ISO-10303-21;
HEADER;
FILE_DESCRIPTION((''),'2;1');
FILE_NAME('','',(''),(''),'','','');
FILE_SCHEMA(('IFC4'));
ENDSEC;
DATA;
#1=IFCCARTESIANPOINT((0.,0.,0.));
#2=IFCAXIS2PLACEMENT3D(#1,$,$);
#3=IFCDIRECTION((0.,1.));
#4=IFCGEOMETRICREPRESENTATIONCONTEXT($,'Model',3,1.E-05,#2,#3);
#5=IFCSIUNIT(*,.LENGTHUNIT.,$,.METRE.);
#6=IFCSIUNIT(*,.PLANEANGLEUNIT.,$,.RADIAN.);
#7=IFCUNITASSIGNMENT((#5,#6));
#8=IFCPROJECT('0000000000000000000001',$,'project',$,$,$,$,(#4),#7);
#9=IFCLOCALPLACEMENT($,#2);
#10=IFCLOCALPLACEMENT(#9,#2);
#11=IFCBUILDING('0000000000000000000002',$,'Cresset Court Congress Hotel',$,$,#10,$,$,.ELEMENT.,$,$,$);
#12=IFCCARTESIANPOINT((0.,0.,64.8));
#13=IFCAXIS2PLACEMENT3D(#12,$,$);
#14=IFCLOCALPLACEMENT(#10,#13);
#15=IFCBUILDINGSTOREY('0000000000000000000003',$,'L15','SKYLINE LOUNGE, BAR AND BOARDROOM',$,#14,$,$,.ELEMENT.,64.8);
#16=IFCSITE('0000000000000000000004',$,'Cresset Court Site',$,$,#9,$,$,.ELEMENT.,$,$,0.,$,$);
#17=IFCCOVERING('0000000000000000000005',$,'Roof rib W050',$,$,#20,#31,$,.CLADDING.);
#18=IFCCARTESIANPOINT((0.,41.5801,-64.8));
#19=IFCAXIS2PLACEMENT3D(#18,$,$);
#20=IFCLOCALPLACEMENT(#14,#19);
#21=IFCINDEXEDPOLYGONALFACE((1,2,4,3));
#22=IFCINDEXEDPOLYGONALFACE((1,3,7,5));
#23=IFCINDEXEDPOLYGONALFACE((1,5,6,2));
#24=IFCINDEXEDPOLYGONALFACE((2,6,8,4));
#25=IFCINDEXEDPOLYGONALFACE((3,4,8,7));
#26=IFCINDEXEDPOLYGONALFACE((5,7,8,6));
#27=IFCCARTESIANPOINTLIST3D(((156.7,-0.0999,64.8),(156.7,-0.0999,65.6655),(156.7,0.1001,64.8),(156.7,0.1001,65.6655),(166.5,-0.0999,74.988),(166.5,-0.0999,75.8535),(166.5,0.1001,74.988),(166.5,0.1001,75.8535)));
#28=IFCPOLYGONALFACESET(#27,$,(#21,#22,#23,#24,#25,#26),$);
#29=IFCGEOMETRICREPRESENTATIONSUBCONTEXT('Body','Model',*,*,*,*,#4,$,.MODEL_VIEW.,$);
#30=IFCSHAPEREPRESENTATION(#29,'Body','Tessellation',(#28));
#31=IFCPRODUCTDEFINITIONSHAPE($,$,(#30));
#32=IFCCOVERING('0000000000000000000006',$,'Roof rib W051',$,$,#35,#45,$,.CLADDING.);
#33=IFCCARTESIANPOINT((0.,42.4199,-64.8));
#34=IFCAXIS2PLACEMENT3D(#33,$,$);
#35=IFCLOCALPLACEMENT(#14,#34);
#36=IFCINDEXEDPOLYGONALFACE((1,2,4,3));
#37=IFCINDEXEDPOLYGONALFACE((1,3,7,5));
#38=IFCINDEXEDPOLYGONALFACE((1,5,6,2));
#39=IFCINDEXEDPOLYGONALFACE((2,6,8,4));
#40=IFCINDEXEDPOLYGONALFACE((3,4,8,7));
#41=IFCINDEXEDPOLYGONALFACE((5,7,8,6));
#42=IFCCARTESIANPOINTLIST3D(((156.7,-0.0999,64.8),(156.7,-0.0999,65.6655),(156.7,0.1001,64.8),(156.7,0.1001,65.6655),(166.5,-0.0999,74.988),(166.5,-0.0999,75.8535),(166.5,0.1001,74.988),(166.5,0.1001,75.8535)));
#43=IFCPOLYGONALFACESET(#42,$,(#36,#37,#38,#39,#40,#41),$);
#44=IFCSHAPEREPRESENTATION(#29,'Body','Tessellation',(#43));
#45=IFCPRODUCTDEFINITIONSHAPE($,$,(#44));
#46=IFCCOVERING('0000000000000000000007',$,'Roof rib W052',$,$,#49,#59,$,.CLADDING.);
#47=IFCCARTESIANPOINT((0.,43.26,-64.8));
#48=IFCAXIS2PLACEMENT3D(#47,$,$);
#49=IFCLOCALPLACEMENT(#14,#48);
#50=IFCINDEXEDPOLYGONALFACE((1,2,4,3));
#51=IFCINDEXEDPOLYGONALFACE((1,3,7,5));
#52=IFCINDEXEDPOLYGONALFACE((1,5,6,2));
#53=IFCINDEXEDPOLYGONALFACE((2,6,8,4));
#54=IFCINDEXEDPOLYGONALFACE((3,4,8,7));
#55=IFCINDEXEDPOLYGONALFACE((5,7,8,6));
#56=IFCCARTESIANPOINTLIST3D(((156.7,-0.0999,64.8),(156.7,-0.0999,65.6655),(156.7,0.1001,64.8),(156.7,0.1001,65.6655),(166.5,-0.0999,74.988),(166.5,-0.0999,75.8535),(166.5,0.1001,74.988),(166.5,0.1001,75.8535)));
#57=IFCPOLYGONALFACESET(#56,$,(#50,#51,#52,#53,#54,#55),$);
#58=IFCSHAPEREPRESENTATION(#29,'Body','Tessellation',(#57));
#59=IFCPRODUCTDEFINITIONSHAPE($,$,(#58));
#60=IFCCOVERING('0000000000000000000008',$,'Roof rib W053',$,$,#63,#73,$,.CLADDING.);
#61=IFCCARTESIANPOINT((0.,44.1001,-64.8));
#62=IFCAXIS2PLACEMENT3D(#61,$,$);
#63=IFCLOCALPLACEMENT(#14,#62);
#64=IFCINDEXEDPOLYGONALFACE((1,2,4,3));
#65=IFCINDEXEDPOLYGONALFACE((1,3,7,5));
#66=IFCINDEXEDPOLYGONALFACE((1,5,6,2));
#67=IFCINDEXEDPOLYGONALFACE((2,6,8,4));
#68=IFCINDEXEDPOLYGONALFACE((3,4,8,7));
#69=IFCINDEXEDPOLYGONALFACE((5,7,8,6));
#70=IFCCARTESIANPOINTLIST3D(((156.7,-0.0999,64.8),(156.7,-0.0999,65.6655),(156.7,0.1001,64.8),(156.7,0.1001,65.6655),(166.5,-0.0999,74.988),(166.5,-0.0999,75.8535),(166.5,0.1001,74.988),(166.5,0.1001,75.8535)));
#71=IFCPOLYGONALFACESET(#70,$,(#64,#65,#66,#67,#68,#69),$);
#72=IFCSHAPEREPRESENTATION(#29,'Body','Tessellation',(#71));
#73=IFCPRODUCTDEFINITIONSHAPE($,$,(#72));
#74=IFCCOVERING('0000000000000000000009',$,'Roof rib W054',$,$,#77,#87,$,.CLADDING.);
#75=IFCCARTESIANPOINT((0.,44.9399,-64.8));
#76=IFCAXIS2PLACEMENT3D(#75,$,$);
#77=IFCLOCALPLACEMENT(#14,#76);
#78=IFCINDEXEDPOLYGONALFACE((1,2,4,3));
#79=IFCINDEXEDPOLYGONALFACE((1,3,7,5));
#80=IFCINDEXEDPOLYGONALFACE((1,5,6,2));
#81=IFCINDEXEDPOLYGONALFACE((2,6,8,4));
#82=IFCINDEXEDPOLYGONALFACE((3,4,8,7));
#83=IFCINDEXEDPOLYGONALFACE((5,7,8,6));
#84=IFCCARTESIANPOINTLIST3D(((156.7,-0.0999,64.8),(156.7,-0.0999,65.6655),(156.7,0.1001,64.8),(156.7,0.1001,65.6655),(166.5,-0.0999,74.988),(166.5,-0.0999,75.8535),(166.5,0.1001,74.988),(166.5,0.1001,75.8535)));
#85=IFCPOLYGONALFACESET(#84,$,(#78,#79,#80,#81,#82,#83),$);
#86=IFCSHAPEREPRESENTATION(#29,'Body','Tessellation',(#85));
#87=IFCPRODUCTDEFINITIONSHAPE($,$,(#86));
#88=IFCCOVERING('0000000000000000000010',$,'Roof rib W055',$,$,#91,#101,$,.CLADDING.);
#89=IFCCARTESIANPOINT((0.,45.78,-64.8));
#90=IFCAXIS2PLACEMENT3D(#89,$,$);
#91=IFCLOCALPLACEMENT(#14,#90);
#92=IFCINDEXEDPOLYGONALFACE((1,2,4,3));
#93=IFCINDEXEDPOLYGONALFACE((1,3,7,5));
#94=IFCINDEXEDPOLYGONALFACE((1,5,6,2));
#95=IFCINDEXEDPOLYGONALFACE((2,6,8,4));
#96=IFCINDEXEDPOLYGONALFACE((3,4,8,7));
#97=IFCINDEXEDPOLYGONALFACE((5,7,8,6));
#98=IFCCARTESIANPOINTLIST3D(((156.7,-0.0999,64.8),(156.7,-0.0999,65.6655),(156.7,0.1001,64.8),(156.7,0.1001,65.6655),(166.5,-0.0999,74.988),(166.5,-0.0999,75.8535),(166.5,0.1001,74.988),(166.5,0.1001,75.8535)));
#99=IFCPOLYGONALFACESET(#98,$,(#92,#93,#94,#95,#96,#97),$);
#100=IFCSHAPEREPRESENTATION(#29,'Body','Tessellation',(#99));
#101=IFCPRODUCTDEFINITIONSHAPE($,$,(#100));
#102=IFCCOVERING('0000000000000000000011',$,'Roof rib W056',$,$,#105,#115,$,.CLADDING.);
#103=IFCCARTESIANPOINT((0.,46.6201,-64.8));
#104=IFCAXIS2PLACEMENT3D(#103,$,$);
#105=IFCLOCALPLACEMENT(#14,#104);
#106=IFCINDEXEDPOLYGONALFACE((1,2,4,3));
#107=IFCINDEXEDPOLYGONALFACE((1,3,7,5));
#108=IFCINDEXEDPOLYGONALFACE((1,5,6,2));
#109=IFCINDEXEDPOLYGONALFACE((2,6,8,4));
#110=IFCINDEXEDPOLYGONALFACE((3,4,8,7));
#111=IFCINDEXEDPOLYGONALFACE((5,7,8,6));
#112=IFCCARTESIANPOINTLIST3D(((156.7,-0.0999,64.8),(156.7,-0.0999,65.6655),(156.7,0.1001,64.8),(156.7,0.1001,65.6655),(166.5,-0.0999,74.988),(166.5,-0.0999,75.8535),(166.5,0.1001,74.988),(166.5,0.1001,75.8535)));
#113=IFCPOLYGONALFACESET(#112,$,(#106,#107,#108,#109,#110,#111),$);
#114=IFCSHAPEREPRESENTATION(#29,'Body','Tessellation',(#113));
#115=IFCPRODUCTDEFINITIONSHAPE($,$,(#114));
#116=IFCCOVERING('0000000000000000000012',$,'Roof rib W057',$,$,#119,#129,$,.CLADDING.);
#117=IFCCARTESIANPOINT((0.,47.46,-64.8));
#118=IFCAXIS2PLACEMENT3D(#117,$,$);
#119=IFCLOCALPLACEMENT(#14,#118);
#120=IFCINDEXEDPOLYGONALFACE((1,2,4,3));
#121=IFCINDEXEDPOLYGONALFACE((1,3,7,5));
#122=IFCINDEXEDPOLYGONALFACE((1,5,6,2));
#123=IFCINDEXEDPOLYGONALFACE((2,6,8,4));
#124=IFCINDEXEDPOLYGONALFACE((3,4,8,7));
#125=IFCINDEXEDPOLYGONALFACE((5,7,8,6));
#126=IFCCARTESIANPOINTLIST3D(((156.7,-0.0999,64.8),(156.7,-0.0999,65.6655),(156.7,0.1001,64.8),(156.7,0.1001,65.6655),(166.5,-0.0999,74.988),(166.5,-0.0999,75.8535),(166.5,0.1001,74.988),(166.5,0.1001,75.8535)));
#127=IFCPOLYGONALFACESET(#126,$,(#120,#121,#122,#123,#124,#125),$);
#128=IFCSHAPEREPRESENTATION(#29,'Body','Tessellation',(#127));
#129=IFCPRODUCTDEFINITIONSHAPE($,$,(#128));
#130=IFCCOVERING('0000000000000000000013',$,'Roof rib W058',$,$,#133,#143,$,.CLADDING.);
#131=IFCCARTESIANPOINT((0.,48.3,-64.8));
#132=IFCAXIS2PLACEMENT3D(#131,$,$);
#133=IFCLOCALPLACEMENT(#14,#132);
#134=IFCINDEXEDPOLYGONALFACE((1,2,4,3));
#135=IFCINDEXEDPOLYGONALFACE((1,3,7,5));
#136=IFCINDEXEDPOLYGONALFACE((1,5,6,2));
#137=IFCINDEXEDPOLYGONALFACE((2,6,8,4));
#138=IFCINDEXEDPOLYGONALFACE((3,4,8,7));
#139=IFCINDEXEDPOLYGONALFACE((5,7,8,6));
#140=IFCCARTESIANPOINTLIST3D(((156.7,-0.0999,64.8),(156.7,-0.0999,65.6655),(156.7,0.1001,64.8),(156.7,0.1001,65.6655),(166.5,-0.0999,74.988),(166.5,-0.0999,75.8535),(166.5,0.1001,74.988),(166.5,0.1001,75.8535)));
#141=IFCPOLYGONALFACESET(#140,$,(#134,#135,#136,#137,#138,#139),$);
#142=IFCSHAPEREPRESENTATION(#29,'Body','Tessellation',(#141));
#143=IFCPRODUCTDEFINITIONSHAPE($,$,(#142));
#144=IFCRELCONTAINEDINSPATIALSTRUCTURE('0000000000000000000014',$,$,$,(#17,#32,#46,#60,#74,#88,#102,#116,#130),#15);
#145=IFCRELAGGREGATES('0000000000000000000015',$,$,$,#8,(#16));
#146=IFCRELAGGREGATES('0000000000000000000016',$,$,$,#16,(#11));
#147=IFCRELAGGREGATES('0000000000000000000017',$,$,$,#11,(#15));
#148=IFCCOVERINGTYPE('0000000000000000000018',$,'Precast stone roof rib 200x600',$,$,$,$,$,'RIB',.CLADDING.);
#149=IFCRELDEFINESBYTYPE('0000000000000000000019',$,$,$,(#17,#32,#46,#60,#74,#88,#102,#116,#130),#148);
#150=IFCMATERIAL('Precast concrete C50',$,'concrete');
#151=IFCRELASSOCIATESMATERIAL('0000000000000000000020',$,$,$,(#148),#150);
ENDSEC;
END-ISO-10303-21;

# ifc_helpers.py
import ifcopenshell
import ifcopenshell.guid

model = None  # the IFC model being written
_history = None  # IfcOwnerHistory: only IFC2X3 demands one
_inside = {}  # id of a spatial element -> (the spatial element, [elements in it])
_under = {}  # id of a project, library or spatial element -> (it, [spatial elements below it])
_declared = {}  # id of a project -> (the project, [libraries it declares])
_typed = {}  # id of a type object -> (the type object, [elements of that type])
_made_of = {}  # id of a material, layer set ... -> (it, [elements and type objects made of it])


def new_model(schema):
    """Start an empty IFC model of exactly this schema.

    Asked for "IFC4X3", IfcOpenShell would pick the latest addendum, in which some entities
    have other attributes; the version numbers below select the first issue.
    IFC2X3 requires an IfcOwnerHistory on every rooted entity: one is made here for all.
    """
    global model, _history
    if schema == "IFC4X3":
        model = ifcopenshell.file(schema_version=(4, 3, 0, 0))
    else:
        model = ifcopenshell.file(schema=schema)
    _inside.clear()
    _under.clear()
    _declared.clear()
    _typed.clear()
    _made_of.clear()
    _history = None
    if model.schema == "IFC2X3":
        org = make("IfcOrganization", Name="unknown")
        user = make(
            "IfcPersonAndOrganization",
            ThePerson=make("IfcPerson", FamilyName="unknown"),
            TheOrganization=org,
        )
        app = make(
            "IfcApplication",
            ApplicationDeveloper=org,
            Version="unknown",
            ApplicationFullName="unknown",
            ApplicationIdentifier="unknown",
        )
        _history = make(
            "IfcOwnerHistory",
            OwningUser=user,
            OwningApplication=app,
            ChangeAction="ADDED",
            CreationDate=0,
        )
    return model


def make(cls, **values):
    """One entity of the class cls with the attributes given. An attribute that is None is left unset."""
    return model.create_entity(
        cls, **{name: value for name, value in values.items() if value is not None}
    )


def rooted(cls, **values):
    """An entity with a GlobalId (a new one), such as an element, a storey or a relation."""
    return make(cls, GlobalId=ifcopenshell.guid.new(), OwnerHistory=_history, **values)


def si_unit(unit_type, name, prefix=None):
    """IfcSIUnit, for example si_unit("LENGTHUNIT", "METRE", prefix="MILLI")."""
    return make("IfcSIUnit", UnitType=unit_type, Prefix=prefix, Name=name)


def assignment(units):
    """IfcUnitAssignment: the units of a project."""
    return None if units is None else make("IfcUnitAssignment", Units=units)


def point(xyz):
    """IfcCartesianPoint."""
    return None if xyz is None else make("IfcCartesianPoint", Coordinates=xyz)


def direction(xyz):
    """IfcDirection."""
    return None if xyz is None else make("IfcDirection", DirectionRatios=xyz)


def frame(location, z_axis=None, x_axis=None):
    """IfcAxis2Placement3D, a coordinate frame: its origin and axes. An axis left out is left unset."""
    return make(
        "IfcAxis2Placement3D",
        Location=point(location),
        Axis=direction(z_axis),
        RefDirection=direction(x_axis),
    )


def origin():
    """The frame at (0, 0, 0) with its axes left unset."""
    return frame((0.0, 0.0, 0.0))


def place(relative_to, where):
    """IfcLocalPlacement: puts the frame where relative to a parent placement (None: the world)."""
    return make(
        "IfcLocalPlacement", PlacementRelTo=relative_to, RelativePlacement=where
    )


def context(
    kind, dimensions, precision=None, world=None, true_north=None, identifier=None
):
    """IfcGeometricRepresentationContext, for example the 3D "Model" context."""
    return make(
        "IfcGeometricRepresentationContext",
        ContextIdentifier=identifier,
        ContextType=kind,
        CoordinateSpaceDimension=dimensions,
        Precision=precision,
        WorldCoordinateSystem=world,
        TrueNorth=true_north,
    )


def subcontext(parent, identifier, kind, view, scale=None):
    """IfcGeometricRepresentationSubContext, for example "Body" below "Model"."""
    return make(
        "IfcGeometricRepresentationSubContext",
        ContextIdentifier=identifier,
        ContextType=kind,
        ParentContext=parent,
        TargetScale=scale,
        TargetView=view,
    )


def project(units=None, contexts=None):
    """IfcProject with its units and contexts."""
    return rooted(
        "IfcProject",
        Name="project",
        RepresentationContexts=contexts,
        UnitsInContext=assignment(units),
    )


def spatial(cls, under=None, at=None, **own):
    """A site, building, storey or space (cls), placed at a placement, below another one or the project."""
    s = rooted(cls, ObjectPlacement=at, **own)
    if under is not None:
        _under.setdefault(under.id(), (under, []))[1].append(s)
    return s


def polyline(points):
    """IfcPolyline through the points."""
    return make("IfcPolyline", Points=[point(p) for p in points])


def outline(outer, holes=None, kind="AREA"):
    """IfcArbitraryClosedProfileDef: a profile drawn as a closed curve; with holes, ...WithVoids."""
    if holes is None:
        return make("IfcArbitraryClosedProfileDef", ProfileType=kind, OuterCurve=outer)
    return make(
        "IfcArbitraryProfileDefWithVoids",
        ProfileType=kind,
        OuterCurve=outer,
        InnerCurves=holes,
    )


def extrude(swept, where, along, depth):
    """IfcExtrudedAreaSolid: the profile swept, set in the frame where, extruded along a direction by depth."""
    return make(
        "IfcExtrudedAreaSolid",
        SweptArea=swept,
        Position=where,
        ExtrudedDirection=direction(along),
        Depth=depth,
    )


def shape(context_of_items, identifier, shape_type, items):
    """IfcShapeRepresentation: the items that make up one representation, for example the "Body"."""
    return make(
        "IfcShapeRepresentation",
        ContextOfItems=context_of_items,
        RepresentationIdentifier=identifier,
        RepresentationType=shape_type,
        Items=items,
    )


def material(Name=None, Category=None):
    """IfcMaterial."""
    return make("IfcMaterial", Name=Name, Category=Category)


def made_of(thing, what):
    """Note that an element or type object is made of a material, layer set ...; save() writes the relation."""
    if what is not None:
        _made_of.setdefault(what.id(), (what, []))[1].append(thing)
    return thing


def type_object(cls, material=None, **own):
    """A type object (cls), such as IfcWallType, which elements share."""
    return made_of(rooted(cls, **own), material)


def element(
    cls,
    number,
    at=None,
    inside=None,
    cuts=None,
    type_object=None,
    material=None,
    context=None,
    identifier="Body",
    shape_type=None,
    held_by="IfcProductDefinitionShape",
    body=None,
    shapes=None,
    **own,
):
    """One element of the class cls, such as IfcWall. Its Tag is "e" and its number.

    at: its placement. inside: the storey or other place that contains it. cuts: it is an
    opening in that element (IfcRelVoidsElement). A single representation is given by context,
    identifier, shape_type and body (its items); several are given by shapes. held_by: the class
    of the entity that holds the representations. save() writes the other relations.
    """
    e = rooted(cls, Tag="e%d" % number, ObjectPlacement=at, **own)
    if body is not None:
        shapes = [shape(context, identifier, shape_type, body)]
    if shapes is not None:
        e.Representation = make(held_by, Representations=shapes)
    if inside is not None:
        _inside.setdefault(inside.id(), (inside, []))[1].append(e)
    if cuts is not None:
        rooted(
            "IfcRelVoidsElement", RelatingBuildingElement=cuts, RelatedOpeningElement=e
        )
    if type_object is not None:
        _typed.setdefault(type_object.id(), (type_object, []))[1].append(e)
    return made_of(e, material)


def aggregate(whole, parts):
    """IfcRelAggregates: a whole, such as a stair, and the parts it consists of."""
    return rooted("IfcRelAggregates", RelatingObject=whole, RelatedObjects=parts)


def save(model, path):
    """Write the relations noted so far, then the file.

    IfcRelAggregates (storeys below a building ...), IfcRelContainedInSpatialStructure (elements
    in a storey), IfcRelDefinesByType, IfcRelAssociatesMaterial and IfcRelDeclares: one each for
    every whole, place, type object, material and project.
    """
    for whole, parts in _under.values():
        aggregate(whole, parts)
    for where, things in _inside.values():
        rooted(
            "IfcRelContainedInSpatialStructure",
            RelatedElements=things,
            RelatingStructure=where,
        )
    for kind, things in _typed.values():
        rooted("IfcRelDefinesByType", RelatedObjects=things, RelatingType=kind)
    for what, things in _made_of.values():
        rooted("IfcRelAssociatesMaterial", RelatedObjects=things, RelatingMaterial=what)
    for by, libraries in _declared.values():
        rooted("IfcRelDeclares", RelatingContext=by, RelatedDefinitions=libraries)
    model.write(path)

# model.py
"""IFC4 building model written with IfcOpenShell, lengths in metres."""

from ifc_helpers import new_model, si_unit, direction, frame, origin, place, context, subcontext, project, spatial, polyline, outline, extrude, material, type_object, element, save


model = new_model("IFC4")

# Units and contexts
model_context = context("Model", 3, precision=1e-05, world=origin(), true_north=direction((0.0, 1.0)))
body_context = subcontext(model_context, "Body", "Model", "MODEL_VIEW")
ifc_project = project(units=[si_unit("LENGTHUNIT", "METRE"), si_unit("PLANEANGLEUNIT", "RADIAN")], contexts=[model_context])

# Site, building, storey
site_placement = place(None, origin())
site = spatial("IfcSite", under=ifc_project, at=site_placement, Name="Cresset Court Site", CompositionType="ELEMENT", RefElevation=0.0)
building_placement = place(site_placement, origin())
building = spatial("IfcBuilding", under=site, at=building_placement, Name="Cresset Court Congress Hotel", CompositionType="ELEMENT")
storey_placement = place(building_placement, frame((0.0, 0.0, 64.8)))
storey = spatial("IfcBuildingStorey", under=building, at=storey_placement, Name="L15", Description="SKYLINE LOUNGE, BAR AND BOARDROOM", CompositionType="ELEMENT", Elevation=64.8)

# Coverings
ifc_material = material(Name="Precast concrete C50", Category="concrete")
covering_type = type_object("IfcCoveringType", Name="Precast stone roof rib 200x600", ElementType="RIB", PredefinedType="CLADDING", material=ifc_material)
for number, where, name in (
    (1, (0.0, 41.5801, -64.8), "Roof rib W050"),
    (2, (0.0, 42.4199, -64.8), "Roof rib W051"),
    (3, (0.0, 43.26, -64.8), "Roof rib W052"),
    (4, (0.0, 44.1001, -64.8), "Roof rib W053"),
    (5, (0.0, 44.9399, -64.8), "Roof rib W054"),
    (6, (0.0, 45.78, -64.8), "Roof rib W055"),
    (7, (0.0, 46.6201, -64.8), "Roof rib W056"),
    (8, (0.0, 47.46, -64.8), "Roof rib W057"),
    (9, (0.0, 48.3, -64.8), "Roof rib W058"),
):
    element("IfcCovering", number, at=place(storey_placement, frame(where)), inside=storey, type_object=covering_type, Name=name, PredefinedType="CLADDING", context=body_context, shape_type="SweptSolid", body=[
        extrude(outline(polyline([(166.5, 74.988), (156.7, 64.8), (156.7, 65.6655), (166.5, 75.8535), (166.5, 74.988)])), frame((0.0, 0.1001, 0.0), z_axis=(0.0, -1.0, 0.0), x_axis=(1.0, 0.0, 0.0)), (0.0, 0.0, 1.0), 0.2),
    ])

save(model, "model.ifc")
